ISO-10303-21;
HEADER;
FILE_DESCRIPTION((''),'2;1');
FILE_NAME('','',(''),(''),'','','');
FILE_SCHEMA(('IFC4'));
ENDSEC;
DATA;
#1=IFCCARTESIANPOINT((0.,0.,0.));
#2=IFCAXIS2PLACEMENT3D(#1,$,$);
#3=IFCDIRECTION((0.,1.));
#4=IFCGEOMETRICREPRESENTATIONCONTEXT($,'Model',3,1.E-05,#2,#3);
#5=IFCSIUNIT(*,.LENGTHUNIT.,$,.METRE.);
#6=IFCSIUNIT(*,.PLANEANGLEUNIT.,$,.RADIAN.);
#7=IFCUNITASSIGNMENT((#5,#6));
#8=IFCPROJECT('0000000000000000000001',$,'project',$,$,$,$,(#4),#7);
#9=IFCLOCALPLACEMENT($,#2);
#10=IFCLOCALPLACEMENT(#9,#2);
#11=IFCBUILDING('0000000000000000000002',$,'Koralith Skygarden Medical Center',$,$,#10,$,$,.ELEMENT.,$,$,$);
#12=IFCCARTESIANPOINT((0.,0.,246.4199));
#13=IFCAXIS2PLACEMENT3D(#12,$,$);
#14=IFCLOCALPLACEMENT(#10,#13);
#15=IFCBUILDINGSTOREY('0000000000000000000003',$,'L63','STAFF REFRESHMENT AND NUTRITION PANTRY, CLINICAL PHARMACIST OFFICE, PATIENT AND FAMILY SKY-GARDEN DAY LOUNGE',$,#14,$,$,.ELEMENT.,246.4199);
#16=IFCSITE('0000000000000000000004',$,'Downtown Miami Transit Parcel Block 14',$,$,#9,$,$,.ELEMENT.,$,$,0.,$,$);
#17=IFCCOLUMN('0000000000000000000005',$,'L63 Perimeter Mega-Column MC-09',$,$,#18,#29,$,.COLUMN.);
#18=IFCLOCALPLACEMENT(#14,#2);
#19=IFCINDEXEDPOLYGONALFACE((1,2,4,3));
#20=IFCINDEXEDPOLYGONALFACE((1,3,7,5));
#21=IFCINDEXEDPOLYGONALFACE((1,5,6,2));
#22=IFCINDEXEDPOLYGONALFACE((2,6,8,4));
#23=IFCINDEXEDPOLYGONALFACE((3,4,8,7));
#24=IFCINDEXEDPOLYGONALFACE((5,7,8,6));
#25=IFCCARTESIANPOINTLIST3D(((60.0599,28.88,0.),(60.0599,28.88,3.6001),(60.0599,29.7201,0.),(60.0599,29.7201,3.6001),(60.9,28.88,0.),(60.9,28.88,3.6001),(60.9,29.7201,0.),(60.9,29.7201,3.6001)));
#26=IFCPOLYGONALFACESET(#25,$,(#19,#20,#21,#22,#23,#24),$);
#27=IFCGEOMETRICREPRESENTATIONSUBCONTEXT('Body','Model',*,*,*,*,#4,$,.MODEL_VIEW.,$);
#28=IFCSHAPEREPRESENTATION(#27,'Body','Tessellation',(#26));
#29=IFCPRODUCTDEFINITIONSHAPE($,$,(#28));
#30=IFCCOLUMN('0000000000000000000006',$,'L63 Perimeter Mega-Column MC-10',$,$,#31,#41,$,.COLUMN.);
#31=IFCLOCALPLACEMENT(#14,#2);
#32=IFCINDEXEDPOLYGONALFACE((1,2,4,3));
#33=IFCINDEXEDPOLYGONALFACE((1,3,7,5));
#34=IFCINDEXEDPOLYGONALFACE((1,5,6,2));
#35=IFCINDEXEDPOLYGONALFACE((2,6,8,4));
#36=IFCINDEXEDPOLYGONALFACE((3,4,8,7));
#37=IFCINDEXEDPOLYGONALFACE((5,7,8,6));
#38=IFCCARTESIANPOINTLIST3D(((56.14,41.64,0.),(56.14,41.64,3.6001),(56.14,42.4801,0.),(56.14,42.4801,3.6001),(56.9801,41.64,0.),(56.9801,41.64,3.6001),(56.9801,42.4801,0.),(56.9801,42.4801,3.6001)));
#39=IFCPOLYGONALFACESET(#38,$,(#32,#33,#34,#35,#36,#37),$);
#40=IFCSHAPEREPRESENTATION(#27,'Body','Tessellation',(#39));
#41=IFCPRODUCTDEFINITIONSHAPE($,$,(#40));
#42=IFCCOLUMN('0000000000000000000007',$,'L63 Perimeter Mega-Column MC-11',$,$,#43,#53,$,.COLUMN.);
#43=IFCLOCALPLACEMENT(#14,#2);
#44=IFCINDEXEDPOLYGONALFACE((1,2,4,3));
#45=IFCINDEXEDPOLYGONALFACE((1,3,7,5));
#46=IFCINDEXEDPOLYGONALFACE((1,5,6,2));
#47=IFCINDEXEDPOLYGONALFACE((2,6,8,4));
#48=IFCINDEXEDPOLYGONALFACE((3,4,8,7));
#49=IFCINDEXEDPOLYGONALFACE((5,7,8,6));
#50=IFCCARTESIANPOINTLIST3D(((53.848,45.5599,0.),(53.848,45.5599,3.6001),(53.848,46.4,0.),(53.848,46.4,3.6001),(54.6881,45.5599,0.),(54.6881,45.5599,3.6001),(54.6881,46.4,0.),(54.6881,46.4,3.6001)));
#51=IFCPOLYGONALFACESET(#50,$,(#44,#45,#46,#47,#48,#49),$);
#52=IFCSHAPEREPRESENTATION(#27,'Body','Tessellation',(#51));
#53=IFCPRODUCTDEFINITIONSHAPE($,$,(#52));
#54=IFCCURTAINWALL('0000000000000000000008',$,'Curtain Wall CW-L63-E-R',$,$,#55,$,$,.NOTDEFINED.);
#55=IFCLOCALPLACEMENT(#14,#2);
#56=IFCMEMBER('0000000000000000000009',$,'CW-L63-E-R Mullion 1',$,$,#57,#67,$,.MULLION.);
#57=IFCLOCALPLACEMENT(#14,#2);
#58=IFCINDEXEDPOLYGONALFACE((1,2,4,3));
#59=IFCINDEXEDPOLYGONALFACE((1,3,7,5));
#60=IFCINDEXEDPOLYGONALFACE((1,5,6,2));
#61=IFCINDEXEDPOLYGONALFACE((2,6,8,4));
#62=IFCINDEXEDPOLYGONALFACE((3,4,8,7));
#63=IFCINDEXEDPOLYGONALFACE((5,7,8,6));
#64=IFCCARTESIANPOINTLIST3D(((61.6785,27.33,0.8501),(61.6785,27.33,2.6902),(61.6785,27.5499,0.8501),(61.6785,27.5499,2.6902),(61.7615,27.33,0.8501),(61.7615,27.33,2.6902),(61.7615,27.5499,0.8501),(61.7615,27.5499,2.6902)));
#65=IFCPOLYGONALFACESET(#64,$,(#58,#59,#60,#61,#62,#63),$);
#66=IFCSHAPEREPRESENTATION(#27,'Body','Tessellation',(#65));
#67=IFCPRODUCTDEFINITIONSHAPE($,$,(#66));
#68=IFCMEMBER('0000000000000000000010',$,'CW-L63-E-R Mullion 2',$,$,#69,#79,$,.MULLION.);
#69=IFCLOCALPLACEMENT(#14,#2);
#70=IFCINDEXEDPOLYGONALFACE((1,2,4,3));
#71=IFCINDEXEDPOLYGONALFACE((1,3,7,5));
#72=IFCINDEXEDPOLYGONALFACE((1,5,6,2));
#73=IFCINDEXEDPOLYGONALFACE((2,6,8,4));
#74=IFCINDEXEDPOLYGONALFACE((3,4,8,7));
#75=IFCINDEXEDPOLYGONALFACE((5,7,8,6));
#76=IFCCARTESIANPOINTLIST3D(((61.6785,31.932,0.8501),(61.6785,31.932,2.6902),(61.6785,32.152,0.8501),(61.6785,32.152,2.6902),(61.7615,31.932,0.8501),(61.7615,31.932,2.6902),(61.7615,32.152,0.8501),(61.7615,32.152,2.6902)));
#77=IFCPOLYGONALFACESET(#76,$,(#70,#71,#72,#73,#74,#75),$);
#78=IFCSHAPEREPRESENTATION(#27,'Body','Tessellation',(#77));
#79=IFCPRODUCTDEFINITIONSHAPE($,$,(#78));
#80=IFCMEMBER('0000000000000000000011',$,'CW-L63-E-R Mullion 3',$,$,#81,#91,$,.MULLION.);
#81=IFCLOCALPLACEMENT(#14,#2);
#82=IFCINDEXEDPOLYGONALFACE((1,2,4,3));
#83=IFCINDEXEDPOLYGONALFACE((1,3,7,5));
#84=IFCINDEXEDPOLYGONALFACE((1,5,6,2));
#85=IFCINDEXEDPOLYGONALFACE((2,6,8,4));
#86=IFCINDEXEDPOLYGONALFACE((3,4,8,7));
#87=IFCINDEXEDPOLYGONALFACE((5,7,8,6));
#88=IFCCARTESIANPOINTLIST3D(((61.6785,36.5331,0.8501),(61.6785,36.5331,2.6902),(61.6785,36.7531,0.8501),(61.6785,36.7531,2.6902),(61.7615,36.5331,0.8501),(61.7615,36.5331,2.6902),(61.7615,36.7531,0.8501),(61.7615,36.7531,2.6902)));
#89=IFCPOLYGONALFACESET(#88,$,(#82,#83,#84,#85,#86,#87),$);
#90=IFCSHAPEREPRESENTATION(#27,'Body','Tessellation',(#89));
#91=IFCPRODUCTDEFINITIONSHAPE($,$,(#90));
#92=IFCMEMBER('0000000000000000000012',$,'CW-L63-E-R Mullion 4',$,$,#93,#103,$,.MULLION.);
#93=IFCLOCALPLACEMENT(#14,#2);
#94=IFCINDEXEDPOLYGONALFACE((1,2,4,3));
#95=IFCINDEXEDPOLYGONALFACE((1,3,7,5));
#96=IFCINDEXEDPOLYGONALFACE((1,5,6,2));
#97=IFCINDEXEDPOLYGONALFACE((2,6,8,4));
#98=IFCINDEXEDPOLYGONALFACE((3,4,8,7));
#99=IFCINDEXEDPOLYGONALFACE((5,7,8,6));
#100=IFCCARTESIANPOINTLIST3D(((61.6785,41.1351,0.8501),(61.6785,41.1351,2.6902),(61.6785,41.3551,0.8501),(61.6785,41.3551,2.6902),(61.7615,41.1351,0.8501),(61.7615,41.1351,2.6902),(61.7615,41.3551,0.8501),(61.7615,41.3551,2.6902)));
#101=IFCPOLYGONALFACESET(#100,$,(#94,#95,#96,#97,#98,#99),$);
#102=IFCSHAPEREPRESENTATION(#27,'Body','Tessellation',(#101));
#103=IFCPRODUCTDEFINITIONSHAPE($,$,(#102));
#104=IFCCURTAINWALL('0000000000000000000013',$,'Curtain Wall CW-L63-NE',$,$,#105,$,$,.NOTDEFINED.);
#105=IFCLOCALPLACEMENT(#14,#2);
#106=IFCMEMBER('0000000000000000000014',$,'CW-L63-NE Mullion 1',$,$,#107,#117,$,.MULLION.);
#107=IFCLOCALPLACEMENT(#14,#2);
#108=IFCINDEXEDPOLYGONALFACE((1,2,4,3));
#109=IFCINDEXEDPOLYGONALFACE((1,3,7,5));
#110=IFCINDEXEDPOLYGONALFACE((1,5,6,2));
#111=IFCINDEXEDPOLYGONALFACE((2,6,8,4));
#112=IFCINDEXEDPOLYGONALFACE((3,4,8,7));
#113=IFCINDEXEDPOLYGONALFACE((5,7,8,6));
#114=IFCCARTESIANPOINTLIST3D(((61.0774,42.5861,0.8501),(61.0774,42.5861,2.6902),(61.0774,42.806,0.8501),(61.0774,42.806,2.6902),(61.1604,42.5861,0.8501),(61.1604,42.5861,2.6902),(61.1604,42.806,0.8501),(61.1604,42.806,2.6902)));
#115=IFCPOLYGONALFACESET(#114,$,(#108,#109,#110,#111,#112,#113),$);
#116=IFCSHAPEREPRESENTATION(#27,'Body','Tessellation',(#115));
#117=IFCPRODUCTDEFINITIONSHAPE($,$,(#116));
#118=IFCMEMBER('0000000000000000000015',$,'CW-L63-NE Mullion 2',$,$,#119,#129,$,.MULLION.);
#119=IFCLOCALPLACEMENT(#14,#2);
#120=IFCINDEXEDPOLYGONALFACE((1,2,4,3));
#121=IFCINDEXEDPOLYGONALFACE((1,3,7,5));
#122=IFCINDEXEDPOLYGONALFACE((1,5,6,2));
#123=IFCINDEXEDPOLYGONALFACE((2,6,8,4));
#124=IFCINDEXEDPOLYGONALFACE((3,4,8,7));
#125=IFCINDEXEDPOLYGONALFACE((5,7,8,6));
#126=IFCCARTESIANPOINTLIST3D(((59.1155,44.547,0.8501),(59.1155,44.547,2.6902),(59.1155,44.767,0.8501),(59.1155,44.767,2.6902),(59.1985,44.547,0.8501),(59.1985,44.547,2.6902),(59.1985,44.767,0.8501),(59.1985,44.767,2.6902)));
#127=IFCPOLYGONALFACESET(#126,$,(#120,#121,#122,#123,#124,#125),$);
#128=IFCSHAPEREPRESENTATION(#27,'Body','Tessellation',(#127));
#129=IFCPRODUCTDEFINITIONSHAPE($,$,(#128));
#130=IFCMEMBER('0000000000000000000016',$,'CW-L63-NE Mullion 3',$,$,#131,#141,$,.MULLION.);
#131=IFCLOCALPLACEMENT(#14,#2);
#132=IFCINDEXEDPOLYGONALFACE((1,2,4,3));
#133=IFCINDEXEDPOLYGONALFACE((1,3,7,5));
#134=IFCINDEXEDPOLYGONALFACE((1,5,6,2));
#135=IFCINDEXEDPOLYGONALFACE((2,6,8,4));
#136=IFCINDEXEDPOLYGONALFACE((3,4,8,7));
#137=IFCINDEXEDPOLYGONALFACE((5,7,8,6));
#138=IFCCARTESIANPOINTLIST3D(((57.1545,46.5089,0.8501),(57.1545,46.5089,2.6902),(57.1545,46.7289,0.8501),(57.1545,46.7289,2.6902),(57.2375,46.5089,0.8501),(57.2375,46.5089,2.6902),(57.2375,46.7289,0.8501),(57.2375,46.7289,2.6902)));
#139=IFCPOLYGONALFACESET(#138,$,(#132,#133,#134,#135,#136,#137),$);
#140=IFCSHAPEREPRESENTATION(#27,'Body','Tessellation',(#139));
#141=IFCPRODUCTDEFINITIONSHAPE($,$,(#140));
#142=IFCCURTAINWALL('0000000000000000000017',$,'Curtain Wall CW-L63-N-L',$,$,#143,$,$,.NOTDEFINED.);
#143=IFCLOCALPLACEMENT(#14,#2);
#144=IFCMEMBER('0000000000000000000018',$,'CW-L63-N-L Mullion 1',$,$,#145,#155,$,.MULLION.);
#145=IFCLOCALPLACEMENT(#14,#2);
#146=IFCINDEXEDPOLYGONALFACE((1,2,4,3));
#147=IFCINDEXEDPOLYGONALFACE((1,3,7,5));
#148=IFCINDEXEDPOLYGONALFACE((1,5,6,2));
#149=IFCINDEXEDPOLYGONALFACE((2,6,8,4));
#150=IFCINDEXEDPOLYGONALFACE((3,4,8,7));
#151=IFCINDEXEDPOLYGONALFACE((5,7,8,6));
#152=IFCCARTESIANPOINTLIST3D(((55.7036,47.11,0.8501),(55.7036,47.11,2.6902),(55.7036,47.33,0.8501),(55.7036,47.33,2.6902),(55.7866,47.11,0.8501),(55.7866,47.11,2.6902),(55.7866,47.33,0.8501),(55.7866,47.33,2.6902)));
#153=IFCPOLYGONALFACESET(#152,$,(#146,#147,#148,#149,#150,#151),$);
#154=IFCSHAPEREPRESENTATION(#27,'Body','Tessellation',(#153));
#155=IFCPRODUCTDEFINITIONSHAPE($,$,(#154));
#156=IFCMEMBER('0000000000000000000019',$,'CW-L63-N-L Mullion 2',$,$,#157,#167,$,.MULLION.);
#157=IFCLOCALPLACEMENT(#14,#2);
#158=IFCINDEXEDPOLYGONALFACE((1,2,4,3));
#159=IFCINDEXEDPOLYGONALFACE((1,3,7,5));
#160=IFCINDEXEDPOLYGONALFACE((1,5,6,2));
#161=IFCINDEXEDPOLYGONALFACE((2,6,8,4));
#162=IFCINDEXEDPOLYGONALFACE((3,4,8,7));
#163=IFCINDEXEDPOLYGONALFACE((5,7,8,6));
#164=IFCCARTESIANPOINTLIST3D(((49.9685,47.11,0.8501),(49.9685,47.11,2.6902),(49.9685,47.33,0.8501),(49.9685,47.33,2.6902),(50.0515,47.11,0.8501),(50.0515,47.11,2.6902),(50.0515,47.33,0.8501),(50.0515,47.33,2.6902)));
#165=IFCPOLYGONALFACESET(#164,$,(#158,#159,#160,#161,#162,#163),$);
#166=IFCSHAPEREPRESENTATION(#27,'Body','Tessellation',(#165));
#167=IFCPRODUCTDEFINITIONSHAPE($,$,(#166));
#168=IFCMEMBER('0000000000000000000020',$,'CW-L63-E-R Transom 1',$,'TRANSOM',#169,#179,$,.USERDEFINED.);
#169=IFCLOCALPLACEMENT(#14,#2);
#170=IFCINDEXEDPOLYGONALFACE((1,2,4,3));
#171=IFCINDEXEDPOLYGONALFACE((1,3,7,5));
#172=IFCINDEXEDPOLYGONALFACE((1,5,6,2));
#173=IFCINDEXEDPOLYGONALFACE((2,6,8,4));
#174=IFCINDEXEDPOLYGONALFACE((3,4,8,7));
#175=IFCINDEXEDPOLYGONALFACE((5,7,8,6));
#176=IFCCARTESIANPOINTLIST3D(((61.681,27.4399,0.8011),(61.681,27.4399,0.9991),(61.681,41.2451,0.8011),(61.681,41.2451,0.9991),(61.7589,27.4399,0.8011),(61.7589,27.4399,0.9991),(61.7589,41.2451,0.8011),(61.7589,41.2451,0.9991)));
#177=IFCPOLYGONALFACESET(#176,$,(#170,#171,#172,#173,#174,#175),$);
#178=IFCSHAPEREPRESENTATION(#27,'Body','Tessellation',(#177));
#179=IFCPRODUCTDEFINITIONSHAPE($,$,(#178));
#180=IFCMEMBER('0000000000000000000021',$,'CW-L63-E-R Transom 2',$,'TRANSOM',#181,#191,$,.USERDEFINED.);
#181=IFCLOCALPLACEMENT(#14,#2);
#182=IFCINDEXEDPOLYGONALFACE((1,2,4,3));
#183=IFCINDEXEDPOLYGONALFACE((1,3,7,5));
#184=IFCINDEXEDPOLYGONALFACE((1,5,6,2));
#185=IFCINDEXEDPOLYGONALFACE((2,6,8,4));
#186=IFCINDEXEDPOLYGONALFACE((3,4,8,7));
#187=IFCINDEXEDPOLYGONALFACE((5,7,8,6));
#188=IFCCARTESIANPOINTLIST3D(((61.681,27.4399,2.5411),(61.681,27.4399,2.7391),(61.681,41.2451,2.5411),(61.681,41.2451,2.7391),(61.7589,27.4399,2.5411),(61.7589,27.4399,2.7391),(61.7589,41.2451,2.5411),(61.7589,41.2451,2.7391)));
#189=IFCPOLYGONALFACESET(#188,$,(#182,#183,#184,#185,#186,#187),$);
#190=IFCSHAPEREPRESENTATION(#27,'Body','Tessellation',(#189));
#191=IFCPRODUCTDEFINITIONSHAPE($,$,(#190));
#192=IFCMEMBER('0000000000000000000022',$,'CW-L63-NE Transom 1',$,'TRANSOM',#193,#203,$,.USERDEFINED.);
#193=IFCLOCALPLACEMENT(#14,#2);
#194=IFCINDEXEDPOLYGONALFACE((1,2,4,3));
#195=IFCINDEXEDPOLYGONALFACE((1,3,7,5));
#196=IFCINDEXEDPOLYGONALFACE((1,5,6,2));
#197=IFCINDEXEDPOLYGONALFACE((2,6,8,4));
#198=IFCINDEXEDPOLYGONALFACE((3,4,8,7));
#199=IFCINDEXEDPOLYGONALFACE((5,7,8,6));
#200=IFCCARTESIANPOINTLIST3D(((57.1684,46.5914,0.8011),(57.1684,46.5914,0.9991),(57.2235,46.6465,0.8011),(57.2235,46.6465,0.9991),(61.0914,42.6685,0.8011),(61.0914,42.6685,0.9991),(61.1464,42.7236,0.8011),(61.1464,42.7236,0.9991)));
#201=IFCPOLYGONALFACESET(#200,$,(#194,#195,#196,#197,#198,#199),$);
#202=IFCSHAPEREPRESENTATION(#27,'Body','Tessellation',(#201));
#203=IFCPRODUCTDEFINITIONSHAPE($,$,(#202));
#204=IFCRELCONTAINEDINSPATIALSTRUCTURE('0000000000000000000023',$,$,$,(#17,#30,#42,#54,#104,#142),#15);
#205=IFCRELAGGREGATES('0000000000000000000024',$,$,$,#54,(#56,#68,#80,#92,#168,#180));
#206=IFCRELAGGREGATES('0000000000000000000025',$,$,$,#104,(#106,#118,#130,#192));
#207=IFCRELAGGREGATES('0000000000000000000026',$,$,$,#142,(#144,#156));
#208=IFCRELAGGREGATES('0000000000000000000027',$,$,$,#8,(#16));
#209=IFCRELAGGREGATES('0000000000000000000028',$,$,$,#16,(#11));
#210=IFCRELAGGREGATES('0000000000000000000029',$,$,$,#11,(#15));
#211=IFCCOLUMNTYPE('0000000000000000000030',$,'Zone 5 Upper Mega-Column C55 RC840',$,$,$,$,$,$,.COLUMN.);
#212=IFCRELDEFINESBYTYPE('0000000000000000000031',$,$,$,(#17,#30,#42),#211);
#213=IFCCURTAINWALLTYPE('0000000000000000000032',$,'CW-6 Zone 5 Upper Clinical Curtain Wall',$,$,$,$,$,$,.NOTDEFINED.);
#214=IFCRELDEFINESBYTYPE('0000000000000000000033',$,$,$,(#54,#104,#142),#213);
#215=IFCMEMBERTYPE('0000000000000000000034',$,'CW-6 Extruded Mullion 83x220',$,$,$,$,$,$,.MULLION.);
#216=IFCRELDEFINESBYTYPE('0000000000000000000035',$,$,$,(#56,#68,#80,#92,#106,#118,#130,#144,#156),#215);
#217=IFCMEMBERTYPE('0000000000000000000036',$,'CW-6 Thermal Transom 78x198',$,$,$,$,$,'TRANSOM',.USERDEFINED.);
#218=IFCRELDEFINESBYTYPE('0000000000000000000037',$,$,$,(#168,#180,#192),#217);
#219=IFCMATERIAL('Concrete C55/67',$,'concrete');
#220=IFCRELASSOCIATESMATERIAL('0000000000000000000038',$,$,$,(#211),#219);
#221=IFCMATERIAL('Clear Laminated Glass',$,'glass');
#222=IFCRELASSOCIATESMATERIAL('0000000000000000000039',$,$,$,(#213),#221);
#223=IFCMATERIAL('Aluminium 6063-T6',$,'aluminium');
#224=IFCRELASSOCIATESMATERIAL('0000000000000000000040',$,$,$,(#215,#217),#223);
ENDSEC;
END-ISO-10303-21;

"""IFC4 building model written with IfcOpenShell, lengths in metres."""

from ifc_helpers import new_model, si_unit, direction, frame, origin, origin_2d, place, context, subcontext, project, spatial, rectangle, extrude, material, material_profile, profile_set, type_object, element, aggregate, save


model = new_model("IFC4")

# Units and contexts
model_context = context("Model", 3, precision=1e-05, world=origin(), true_north=direction((0.0, 1.0)))
body_context = subcontext(model_context, "Body", "Model", "MODEL_VIEW")
ifc_project = project(units=[si_unit("LENGTHUNIT", "METRE"), si_unit("PLANEANGLEUNIT", "RADIAN")], contexts=[model_context])

# Site, building, storey
site_placement = place(None, origin())
site = spatial("IfcSite", under=ifc_project, at=site_placement, Name="Downtown Miami Transit Parcel Block 14", CompositionType="ELEMENT", RefElevation=0.0)
building_placement = place(site_placement, origin())
building = spatial("IfcBuilding", under=site, at=building_placement, Name="Koralith Skygarden Medical Center", CompositionType="ELEMENT")
storey_placement = place(building_placement, frame((0.0, 0.0, 246.4199)))
storey = spatial("IfcBuildingStorey", under=building, at=storey_placement, Name="L63", Description="STAFF REFRESHMENT AND NUTRITION PANTRY, CLINICAL PHARMACIST OFFICE, PATIENT AND FAMILY SKY-GARDEN DAY LOUNGE", CompositionType="ELEMENT", Elevation=246.4199)

# Columns
ifc_material_1 = material(Name="Concrete C55/67", Category="concrete")
ifc_material_profile_1 = material_profile(ifc_material_1, rectangle(XDim=0.8401, YDim=0.8401, at=origin_2d()), Name="RC840X840")
ifc_profile_set_1 = profile_set([ifc_material_profile_1], Name="Concrete C55/67")
column_type = type_object("IfcColumnType", Name="Zone 5 Upper Mega-Column C55 RC840", PredefinedType="COLUMN", material=ifc_profile_set_1)
for number, where, z_axis, x_axis, name in (
    (1, (60.48, 29.3, 0.0), (0.0, 0.0, 1.0), (1.0, 0.0, 0.0), "L63 Perimeter Mega-Column MC-09"),
    (2, (56.5601, 42.0601, 0.0), (0.0, 0.0, 1.0), (1.0, 0.0, 0.0), "L63 Perimeter Mega-Column MC-10"),
    (3, (54.2681, 45.98, 0.0), (0.0, 0.0, 1.0), (1.0, 0.0, 0.0), "L63 Perimeter Mega-Column MC-11"),
):
    element("IfcColumn", number, at=place(storey_placement, frame(where, z_axis=z_axis, x_axis=x_axis)), inside=storey, type_object=column_type, Name=name, PredefinedType="COLUMN", context=body_context, shape_type="SweptSolid", body=[
        extrude(rectangle(XDim=0.8401, YDim=0.8401, at=origin_2d()), origin(), (0.0, 0.0, 1.0), 3.6001),
    ])

# Curtain walls, members
ifc_material_2 = material(Name="Clear Laminated Glass", Category="glass")
curtain_wall_type = type_object("IfcCurtainWallType", Name="CW-6 Zone 5 Upper Clinical Curtain Wall", PredefinedType="NOTDEFINED", material=ifc_material_2)
curtain_wall_1_placement = place(storey_placement, origin())
curtain_wall_1 = element("IfcCurtainWall", 4, at=curtain_wall_1_placement, inside=storey, type_object=curtain_wall_type, Name="Curtain Wall CW-L63-E-R", PredefinedType="NOTDEFINED")
ifc_material_3 = material(Name="Aluminium 6063-T6", Category="aluminium")
ifc_material_profile_2 = material_profile(ifc_material_3, rectangle(XDim=0.083, YDim=0.22, at=origin_2d()), Name="MUL83X220")
ifc_profile_set_2 = profile_set([ifc_material_profile_2], Name="Aluminium 6063-T6")
member_type_1 = type_object("IfcMemberType", Name="CW-6 Extruded Mullion 83x220", PredefinedType="MULLION", material=ifc_profile_set_2)
member_1_placement = place(storey_placement, frame((61.72, 27.4399, 0.8501), z_axis=(0.0, 0.0, 1.0), x_axis=(1.0, 0.0, 0.0)))
member_1 = element("IfcMember", 5, at=member_1_placement, type_object=member_type_1, Name="CW-L63-E-R Mullion 1", PredefinedType="MULLION", context=body_context, shape_type="SweptSolid", body=[
    extrude(rectangle(XDim=0.083, YDim=0.22, at=origin_2d()), origin(), (0.0, 0.0, 1.0), 1.8401),
])
member_2_placement = place(storey_placement, frame((61.72, 32.042, 0.8501), z_axis=(0.0, 0.0, 1.0), x_axis=(1.0, 0.0, 0.0)))
member_2 = element("IfcMember", 6, at=member_2_placement, type_object=member_type_1, Name="CW-L63-E-R Mullion 2", PredefinedType="MULLION", context=body_context, shape_type="SweptSolid", body=[
    extrude(rectangle(XDim=0.083, YDim=0.22, at=origin_2d()), origin(), (0.0, 0.0, 1.0), 1.8401),
])
member_3_placement = place(storey_placement, frame((61.72, 36.6431, 0.8501), z_axis=(0.0, 0.0, 1.0), x_axis=(1.0, 0.0, 0.0)))
member_3 = element("IfcMember", 7, at=member_3_placement, type_object=member_type_1, Name="CW-L63-E-R Mullion 3", PredefinedType="MULLION", context=body_context, shape_type="SweptSolid", body=[
    extrude(rectangle(XDim=0.083, YDim=0.22, at=origin_2d()), origin(), (0.0, 0.0, 1.0), 1.8401),
])
member_4_placement = place(storey_placement, frame((61.72, 41.2451, 0.8501), z_axis=(0.0, 0.0, 1.0), x_axis=(1.0, 0.0, 0.0)))
member_4 = element("IfcMember", 8, at=member_4_placement, type_object=member_type_1, Name="CW-L63-E-R Mullion 4", PredefinedType="MULLION", context=body_context, shape_type="SweptSolid", body=[
    extrude(rectangle(XDim=0.083, YDim=0.22, at=origin_2d()), origin(), (0.0, 0.0, 1.0), 1.8401),
])
curtain_wall_2_placement = place(storey_placement, origin())
curtain_wall_2 = element("IfcCurtainWall", 9, at=curtain_wall_2_placement, inside=storey, type_object=curtain_wall_type, Name="Curtain Wall CW-L63-NE", PredefinedType="NOTDEFINED")
member_5_placement = place(storey_placement, frame((61.1189, 42.696, 0.8501), z_axis=(0.0, 0.0, 1.0), x_axis=(1.0, 0.0, 0.0)))
member_5 = element("IfcMember", 10, at=member_5_placement, type_object=member_type_1, Name="CW-L63-NE Mullion 1", PredefinedType="MULLION", context=body_context, shape_type="SweptSolid", body=[
    extrude(rectangle(XDim=0.083, YDim=0.22, at=origin_2d()), origin(), (0.0, 0.0, 1.0), 1.8401),
])
member_6_placement = place(storey_placement, frame((59.157, 44.657, 0.8501), z_axis=(0.0, 0.0, 1.0), x_axis=(1.0, 0.0, 0.0)))
member_6 = element("IfcMember", 11, at=member_6_placement, type_object=member_type_1, Name="CW-L63-NE Mullion 2", PredefinedType="MULLION", context=body_context, shape_type="SweptSolid", body=[
    extrude(rectangle(XDim=0.083, YDim=0.22, at=origin_2d()), origin(), (0.0, 0.0, 1.0), 1.8401),
])
member_7_placement = place(storey_placement, frame((57.196, 46.6189, 0.8501), z_axis=(0.0, 0.0, 1.0), x_axis=(1.0, 0.0, 0.0)))
member_7 = element("IfcMember", 12, at=member_7_placement, type_object=member_type_1, Name="CW-L63-NE Mullion 3", PredefinedType="MULLION", context=body_context, shape_type="SweptSolid", body=[
    extrude(rectangle(XDim=0.083, YDim=0.22, at=origin_2d()), origin(), (0.0, 0.0, 1.0), 1.8401),
])
curtain_wall_3_placement = place(storey_placement, origin())
curtain_wall_3 = element("IfcCurtainWall", 13, at=curtain_wall_3_placement, inside=storey, type_object=curtain_wall_type, Name="Curtain Wall CW-L63-N-L", PredefinedType="NOTDEFINED")
member_8_placement = place(storey_placement, frame((55.7451, 47.22, 0.8501), z_axis=(0.0, 0.0, 1.0), x_axis=(1.0, 0.0, 0.0)))
member_8 = element("IfcMember", 14, at=member_8_placement, type_object=member_type_1, Name="CW-L63-N-L Mullion 1", PredefinedType="MULLION", context=body_context, shape_type="SweptSolid", body=[
    extrude(rectangle(XDim=0.083, YDim=0.22, at=origin_2d()), origin(), (0.0, 0.0, 1.0), 1.8401),
])
member_9_placement = place(storey_placement, frame((50.01, 47.22, 0.8501), z_axis=(0.0, 0.0, 1.0), x_axis=(1.0, 0.0, 0.0)))
member_9 = element("IfcMember", 15, at=member_9_placement, type_object=member_type_1, Name="CW-L63-N-L Mullion 2", PredefinedType="MULLION", context=body_context, shape_type="SweptSolid", body=[
    extrude(rectangle(XDim=0.083, YDim=0.22, at=origin_2d()), origin(), (0.0, 0.0, 1.0), 1.8401),
])

# Members
ifc_material_profile_3 = material_profile(ifc_material_3, rectangle(XDim=0.0779, YDim=0.198, at=origin_2d()), Name="TRN78X198")
ifc_profile_set_3 = profile_set([ifc_material_profile_3], Name="Aluminium 6063-T6")
member_type_2 = type_object("IfcMemberType", Name="CW-6 Thermal Transom 78x198", ElementType="TRANSOM", PredefinedType="USERDEFINED", material=ifc_profile_set_3)
member_10_placement = place(storey_placement, frame((61.72, 27.4399, 0.9001), z_axis=(0.0, 1.0, 0.0), x_axis=(-1.0, 0.0, 0.0)))
member_10 = element("IfcMember", 16, at=member_10_placement, type_object=member_type_2, Name="CW-L63-E-R Transom 1", ObjectType="TRANSOM", PredefinedType="USERDEFINED", context=body_context, shape_type="SweptSolid", body=[
    extrude(rectangle(XDim=0.0779, YDim=0.198, at=origin_2d()), origin(), (0.0, 0.0, 1.0), 13.8052),
])
member_11_placement = place(storey_placement, frame((61.72, 27.4399, 2.6401), z_axis=(0.0, 1.0, 0.0), x_axis=(-1.0, 0.0, 0.0)))
member_11 = element("IfcMember", 17, at=member_11_placement, type_object=member_type_2, Name="CW-L63-E-R Transom 2", ObjectType="TRANSOM", PredefinedType="USERDEFINED", context=body_context, shape_type="SweptSolid", body=[
    extrude(rectangle(XDim=0.0779, YDim=0.198, at=origin_2d()), origin(), (0.0, 0.0, 1.0), 13.8052),
])
member_12_placement = place(storey_placement, frame((61.1189, 42.696, 0.9001), z_axis=(-0.707107, 0.707107, 0.0), x_axis=(-0.707107, -0.707107, 0.0)))
member_12 = element("IfcMember", 18, at=member_12_placement, type_object=member_type_2, Name="CW-L63-NE Transom 1", ObjectType="TRANSOM", PredefinedType="USERDEFINED", context=body_context, shape_type="SweptSolid", body=[
    extrude(rectangle(XDim=0.0779, YDim=0.198, at=origin_2d()), origin(), (0.0, 0.0, 1.0), 5.5479),
])

aggregate(curtain_wall_1, [member_1, member_2, member_3, member_4, member_10, member_11])
aggregate(curtain_wall_2, [member_5, member_6, member_7, member_12])
aggregate(curtain_wall_3, [member_8, member_9])

save(model, "model.ifc")
